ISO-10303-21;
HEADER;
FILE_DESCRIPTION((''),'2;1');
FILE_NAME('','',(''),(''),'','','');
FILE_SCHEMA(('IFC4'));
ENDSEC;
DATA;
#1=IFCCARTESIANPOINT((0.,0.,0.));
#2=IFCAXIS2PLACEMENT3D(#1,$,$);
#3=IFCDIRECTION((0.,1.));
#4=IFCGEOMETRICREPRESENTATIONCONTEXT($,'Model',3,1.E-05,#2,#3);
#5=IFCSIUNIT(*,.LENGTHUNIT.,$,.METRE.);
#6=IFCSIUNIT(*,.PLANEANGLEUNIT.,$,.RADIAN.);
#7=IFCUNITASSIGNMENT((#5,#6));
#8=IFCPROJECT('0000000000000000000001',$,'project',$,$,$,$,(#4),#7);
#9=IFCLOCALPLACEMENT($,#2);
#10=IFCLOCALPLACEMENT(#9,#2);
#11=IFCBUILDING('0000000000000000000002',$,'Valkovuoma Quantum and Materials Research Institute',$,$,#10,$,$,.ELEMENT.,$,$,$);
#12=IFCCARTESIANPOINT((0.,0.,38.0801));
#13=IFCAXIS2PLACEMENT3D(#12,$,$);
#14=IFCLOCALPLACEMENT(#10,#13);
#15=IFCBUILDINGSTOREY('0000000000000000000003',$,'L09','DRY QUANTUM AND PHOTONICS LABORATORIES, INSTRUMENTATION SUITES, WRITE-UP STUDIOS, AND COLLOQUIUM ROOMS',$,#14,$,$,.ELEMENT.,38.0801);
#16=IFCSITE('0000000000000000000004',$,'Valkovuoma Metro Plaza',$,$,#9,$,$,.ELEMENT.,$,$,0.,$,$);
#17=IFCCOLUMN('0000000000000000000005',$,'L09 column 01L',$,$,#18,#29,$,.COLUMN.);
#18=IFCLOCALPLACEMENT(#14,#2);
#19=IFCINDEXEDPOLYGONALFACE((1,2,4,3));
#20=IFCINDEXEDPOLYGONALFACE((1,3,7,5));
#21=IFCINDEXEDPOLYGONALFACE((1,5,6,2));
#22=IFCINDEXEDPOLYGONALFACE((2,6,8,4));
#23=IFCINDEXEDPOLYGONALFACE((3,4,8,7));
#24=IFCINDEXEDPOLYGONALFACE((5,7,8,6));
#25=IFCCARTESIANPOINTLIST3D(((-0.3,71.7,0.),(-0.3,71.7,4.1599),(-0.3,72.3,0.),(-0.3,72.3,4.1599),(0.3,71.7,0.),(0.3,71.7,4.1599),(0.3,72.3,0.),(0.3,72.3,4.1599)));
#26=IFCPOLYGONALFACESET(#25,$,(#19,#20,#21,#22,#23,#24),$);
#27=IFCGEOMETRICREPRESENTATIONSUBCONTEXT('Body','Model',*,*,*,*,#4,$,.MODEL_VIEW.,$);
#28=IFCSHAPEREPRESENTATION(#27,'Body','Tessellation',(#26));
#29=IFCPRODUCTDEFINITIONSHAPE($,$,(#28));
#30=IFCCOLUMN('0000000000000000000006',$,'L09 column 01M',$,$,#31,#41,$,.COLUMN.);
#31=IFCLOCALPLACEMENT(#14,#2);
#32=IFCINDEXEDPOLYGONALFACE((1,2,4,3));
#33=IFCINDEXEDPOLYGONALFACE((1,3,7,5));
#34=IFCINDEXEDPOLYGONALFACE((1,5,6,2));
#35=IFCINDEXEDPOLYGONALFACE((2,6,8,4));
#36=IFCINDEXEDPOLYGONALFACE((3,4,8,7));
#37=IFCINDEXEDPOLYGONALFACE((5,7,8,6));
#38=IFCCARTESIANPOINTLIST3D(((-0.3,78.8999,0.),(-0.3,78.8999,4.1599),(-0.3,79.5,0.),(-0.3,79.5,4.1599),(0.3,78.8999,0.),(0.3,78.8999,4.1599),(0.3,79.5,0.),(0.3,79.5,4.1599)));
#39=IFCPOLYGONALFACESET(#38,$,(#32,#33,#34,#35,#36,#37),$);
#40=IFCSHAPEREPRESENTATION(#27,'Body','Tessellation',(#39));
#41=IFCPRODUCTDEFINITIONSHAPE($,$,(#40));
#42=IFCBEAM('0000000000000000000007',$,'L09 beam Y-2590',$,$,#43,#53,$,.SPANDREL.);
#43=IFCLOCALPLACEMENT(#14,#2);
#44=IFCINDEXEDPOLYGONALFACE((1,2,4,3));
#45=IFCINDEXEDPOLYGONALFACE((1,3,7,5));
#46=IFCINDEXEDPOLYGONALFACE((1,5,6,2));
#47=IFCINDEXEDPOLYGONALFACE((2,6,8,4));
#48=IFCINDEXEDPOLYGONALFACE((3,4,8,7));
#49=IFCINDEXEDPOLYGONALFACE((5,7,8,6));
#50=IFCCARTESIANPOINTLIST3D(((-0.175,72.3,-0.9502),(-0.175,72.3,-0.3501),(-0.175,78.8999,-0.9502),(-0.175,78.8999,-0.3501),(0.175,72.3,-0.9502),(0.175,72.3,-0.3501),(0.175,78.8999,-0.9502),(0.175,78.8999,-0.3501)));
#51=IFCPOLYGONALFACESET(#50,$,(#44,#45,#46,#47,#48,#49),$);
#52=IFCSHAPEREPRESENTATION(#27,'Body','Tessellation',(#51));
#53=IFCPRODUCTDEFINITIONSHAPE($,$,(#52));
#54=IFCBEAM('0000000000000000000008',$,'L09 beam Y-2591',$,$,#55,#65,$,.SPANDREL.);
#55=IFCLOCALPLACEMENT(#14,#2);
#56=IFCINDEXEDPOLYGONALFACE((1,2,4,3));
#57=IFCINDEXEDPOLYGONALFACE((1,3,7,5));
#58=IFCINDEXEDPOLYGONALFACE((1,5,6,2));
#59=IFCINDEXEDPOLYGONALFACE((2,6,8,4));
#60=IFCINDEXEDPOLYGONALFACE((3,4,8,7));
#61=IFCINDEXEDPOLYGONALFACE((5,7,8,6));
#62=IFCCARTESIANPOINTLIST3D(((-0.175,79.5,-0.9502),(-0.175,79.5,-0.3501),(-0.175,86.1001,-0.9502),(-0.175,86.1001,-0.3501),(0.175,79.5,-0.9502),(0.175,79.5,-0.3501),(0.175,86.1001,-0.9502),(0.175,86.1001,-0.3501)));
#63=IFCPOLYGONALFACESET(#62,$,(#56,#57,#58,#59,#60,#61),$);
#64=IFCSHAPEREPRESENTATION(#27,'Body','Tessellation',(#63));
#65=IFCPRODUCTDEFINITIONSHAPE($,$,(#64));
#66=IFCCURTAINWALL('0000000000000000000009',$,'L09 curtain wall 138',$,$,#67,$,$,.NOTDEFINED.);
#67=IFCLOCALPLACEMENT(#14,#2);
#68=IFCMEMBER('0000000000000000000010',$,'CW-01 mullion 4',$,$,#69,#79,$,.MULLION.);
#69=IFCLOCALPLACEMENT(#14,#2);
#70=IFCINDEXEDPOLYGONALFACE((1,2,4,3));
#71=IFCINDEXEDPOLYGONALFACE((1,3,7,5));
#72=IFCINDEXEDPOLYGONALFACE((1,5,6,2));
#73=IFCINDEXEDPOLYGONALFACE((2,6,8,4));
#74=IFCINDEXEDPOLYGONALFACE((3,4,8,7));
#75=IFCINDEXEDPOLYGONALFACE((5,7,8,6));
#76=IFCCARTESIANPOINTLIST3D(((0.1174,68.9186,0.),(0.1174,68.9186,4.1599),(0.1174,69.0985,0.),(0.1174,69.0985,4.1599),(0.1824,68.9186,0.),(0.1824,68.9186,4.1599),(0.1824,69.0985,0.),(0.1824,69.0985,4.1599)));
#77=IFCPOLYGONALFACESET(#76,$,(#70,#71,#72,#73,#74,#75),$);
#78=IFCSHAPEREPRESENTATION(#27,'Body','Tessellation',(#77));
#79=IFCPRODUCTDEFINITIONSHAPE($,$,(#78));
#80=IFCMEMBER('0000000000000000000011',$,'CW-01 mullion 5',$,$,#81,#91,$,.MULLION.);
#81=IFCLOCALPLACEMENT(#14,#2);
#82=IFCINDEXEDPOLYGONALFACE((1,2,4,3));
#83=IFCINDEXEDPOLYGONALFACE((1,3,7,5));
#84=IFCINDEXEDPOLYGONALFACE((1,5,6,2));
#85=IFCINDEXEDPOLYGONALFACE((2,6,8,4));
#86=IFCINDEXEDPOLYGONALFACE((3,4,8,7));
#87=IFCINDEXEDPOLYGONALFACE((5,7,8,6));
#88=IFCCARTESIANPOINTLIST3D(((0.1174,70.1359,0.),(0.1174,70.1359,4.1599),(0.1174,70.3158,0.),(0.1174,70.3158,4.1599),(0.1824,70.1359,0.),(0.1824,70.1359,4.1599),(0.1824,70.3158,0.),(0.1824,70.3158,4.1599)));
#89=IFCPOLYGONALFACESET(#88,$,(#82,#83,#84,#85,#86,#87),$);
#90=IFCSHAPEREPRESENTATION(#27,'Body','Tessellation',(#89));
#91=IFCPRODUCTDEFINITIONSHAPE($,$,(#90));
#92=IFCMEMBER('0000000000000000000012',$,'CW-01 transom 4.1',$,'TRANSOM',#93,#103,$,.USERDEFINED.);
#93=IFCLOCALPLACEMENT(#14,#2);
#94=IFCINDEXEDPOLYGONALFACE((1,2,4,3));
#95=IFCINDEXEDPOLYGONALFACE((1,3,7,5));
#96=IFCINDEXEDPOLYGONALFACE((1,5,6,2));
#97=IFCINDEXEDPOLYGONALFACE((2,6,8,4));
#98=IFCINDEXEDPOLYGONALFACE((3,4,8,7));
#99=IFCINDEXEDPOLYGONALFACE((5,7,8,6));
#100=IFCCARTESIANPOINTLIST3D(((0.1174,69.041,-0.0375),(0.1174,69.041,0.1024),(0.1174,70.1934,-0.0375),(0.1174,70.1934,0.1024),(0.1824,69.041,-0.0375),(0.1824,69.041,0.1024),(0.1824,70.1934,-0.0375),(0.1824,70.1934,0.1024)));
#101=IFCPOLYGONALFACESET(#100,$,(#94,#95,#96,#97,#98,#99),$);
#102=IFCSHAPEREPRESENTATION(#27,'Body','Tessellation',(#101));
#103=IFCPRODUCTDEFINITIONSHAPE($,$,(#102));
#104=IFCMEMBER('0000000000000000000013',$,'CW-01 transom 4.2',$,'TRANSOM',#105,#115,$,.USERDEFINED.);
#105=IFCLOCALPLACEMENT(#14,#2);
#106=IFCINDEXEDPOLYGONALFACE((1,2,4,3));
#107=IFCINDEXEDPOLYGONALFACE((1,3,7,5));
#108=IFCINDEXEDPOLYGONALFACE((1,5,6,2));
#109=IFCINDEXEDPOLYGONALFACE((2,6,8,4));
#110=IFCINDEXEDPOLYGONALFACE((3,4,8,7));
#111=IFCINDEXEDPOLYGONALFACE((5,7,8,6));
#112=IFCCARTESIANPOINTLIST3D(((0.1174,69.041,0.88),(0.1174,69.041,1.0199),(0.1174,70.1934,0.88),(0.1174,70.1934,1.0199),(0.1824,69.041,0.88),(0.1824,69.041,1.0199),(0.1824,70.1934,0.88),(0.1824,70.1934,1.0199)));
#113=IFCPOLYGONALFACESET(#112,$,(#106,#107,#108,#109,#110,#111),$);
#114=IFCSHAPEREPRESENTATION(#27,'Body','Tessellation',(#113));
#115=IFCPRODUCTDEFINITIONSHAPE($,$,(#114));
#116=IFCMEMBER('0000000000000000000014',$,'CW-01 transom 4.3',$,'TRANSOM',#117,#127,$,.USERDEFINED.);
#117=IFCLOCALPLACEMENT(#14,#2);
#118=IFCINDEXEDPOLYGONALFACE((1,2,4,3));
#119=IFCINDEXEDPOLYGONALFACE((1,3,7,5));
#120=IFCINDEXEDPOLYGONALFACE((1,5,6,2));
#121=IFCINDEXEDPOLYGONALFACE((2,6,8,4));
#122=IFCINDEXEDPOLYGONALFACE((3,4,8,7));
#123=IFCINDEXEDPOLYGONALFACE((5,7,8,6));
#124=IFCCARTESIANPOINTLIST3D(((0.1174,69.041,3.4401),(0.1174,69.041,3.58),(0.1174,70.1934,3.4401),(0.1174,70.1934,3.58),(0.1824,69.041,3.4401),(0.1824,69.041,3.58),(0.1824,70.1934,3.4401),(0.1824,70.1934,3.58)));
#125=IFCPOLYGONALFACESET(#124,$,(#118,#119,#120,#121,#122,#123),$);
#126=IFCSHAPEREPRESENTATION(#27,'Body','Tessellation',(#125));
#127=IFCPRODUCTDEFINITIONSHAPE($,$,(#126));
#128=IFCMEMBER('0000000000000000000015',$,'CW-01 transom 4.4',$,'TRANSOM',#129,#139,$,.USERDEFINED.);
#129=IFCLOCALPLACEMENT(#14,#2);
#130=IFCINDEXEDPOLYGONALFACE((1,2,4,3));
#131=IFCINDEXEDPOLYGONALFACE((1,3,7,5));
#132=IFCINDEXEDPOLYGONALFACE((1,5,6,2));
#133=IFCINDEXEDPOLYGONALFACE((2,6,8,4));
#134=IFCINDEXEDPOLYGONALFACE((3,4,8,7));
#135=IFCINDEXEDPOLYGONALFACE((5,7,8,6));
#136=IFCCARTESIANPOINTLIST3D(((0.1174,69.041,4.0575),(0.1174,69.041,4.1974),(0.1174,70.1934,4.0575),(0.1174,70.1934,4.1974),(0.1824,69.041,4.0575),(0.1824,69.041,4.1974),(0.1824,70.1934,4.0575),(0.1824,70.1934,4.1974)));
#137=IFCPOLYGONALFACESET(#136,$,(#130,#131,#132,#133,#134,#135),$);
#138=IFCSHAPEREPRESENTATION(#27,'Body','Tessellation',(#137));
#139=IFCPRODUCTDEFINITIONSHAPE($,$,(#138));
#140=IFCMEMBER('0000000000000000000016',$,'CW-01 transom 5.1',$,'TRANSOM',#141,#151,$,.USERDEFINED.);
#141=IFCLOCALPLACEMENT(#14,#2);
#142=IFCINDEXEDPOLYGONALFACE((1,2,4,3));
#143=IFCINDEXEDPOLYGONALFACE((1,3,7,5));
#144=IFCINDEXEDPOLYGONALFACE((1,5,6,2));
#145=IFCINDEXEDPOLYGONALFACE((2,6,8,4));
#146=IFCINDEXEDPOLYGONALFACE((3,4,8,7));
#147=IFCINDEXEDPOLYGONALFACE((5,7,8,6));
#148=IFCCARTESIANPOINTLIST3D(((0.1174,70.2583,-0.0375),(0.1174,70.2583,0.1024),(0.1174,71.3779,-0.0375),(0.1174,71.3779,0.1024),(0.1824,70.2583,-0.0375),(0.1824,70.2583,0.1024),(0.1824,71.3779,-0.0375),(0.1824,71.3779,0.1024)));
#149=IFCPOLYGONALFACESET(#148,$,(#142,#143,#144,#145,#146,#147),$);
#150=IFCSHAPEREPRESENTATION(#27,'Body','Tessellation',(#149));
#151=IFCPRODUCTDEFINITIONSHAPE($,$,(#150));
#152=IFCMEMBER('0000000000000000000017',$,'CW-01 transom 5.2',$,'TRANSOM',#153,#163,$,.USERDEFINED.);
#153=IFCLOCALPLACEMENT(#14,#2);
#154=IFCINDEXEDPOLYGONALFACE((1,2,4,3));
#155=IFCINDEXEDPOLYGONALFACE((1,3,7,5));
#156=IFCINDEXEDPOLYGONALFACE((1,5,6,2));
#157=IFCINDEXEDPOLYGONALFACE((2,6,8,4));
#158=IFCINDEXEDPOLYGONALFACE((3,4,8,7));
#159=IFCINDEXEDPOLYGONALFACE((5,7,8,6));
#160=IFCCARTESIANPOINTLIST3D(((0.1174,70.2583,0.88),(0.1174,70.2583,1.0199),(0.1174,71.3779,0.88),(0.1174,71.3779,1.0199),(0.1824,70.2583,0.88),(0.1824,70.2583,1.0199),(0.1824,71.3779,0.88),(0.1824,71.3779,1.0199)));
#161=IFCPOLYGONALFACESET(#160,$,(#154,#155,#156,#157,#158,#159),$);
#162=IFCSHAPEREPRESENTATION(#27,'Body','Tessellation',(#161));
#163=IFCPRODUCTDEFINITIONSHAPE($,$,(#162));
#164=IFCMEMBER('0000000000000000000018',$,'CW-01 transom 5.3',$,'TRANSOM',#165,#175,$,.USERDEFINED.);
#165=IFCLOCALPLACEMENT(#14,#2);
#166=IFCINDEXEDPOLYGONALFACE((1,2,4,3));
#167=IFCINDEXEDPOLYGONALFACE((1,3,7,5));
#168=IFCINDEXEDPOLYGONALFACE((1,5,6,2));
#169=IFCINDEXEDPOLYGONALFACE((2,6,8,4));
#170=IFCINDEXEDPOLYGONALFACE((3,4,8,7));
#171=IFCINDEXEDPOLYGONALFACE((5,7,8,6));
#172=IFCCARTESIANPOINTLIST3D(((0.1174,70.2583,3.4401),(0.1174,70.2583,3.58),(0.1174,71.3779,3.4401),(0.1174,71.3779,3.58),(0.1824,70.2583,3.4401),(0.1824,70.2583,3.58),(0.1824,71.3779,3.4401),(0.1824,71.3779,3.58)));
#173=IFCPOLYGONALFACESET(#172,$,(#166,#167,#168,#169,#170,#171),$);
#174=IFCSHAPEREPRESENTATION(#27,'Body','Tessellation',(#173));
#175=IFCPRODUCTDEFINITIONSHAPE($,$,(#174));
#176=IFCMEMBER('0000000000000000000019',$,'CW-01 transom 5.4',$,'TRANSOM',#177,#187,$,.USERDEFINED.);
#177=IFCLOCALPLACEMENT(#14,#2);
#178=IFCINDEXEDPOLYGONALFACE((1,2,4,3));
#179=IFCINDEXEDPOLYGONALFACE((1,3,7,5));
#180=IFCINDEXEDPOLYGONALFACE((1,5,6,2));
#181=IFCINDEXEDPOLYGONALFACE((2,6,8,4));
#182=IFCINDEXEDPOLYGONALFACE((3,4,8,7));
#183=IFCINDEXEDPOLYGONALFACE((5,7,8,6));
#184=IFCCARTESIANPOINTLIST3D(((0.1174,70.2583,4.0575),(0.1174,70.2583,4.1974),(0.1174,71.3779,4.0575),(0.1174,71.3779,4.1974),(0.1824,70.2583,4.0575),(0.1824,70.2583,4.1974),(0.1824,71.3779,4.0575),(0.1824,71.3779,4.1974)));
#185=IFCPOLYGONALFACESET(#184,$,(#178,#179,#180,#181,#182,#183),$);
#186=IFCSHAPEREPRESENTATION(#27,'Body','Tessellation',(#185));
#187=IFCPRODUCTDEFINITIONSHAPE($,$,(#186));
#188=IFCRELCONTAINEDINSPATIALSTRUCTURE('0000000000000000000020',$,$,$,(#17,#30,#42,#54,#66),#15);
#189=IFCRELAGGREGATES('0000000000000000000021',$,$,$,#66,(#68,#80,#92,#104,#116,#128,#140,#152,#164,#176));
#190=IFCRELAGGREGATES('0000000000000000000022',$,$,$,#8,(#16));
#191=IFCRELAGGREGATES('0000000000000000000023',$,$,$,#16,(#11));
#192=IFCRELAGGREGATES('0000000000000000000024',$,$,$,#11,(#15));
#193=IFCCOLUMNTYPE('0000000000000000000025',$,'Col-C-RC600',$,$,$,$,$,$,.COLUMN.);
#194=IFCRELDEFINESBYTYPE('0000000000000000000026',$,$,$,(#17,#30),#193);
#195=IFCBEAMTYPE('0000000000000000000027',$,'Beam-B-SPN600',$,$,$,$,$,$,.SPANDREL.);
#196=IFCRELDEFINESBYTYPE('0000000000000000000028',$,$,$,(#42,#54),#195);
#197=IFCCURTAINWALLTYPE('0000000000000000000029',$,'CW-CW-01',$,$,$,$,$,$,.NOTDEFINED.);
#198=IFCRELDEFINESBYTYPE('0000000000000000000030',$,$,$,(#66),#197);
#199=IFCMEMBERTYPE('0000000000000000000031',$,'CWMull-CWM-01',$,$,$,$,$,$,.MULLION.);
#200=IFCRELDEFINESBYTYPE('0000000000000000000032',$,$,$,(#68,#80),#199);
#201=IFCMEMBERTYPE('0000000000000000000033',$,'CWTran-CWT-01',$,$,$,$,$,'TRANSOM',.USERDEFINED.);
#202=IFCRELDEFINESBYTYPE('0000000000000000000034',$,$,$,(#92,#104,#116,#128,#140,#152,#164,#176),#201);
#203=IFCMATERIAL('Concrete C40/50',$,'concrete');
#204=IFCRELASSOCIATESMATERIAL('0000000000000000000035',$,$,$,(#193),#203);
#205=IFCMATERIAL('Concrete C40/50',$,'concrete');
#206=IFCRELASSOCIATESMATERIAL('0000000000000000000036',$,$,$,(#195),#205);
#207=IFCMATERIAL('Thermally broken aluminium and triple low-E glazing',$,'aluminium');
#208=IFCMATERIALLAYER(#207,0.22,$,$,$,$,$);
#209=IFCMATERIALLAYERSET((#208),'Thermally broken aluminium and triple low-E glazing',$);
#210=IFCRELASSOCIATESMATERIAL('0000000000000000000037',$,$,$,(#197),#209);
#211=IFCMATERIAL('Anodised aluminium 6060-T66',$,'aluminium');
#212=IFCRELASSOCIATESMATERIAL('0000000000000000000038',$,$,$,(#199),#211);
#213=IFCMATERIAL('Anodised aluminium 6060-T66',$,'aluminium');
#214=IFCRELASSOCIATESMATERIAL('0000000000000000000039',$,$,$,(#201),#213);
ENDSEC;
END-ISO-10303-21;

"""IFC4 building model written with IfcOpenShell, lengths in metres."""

from ifc_helpers import new_model, si_unit, direction, frame, origin, origin_2d, place, context, subcontext, project, spatial, rectangle, extrude, material, layer, layer_set, material_profile, profile_set, type_object, element, aggregate, save


model = new_model("IFC4")

# Units and contexts
model_context = context("Model", 3, precision=1e-05, world=origin(), true_north=direction((0.0, 1.0)))
body_context = subcontext(model_context, "Body", "Model", "MODEL_VIEW")
ifc_project = project(units=[si_unit("LENGTHUNIT", "METRE"), si_unit("PLANEANGLEUNIT", "RADIAN")], contexts=[model_context])

# Site, building, storey
site_placement = place(None, origin())
site = spatial("IfcSite", under=ifc_project, at=site_placement, Name="Valkovuoma Metro Plaza", CompositionType="ELEMENT", RefElevation=0.0)
building_placement = place(site_placement, origin())
building = spatial("IfcBuilding", under=site, at=building_placement, Name="Valkovuoma Quantum and Materials Research Institute", CompositionType="ELEMENT")
storey_placement = place(building_placement, frame((0.0, 0.0, 38.0801)))
storey = spatial("IfcBuildingStorey", under=building, at=storey_placement, Name="L09", Description="DRY QUANTUM AND PHOTONICS LABORATORIES, INSTRUMENTATION SUITES, WRITE-UP STUDIOS, AND COLLOQUIUM ROOMS", CompositionType="ELEMENT", Elevation=38.0801)

# Columns
ifc_material_1 = material(Name="Concrete C40/50", Category="concrete")
ifc_material_profile_1 = material_profile(ifc_material_1, rectangle(XDim=0.6001, YDim=0.6001, at=origin_2d()), Name="Concrete C40/50")
ifc_profile_set_1 = profile_set([ifc_material_profile_1], Name="Concrete C40/50")
column_type = type_object("IfcColumnType", Name="Col-C-RC600", PredefinedType="COLUMN", material=ifc_profile_set_1)
for number, where, z_axis, x_axis, name in (
    (1, (0.0, 72.0, 0.0), (0.0, 0.0, 1.0), (1.0, 0.0, 0.0), "L09 column 01L"),
    (2, (0.0, 79.2, 0.0), (0.0, 0.0, 1.0), (1.0, 0.0, 0.0), "L09 column 01M"),
):
    element("IfcColumn", number, at=place(storey_placement, frame(where, z_axis=z_axis, x_axis=x_axis)), inside=storey, type_object=column_type, Name=name, PredefinedType="COLUMN", context=body_context, shape_type="SweptSolid", body=[
        extrude(rectangle(XDim=0.6001, YDim=0.6001, at=origin_2d()), origin(), (0.0, 0.0, 1.0), 4.1599),
    ])

# Beams
ifc_material_2 = material(Name="Concrete C40/50", Category="concrete")
ifc_material_profile_2 = material_profile(ifc_material_2, rectangle(XDim=0.3501, YDim=0.6001, at=origin_2d()), Name="Concrete C40/50")
ifc_profile_set_2 = profile_set([ifc_material_profile_2], Name="Concrete C40/50")
beam_type = type_object("IfcBeamType", Name="Beam-B-SPN600", PredefinedType="SPANDREL", material=ifc_profile_set_2)
beam_1_placement = place(storey_placement, frame((0.0, 72.3, -0.6501), z_axis=(0.0, 1.0, 0.0), x_axis=(-1.0, 0.0, 0.0)))
element("IfcBeam", 3, at=beam_1_placement, inside=storey, type_object=beam_type, Name="L09 beam Y-2590", PredefinedType="SPANDREL", context=body_context, shape_type="SweptSolid", body=[
    extrude(rectangle(XDim=0.3501, YDim=0.6001, at=origin_2d()), origin(), (0.0, 0.0, 1.0), 6.5999),
])
beam_2_placement = place(storey_placement, frame((0.0, 79.5, -0.6501), z_axis=(0.0, 1.0, 0.0), x_axis=(-1.0, 0.0, 0.0)))
element("IfcBeam", 4, at=beam_2_placement, inside=storey, type_object=beam_type, Name="L09 beam Y-2591", PredefinedType="SPANDREL", context=body_context, shape_type="SweptSolid", body=[
    extrude(rectangle(XDim=0.3501, YDim=0.6001, at=origin_2d()), origin(), (0.0, 0.0, 1.0), 6.6001),
])

# Curtain wall, members
ifc_material_3 = material(Name="Thermally broken aluminium and triple low-E glazing", Category="aluminium")
ifc_layer_1 = layer(ifc_material_3, 0.22)
ifc_layer_set_1 = layer_set([ifc_layer_1], Name="Thermally broken aluminium and triple low-E glazing")
curtain_wall_type = type_object("IfcCurtainWallType", Name="CW-CW-01", PredefinedType="NOTDEFINED", material=ifc_layer_set_1)
curtain_wall_placement = place(storey_placement, origin())
curtain_wall = element("IfcCurtainWall", 5, at=curtain_wall_placement, inside=storey, type_object=curtain_wall_type, Name="L09 curtain wall 138", PredefinedType="NOTDEFINED")
ifc_material_4 = material(Name="Anodised aluminium 6060-T66", Category="aluminium")
ifc_material_profile_3 = material_profile(ifc_material_4, rectangle(XDim=0.0649, YDim=0.1799, at=origin_2d()), Name="Anodised aluminium 6060-T66")
ifc_profile_set_3 = profile_set([ifc_material_profile_3], Name="Anodised aluminium 6060-T66")
member_type_1 = type_object("IfcMemberType", Name="CWMull-CWM-01", PredefinedType="MULLION", material=ifc_profile_set_3)
member_1_placement = place(storey_placement, frame((0.1499, 69.0085, 0.0), z_axis=(0.0, 0.0, 1.0), x_axis=(-1.0, 0.0, 0.0)))
member_1 = element("IfcMember", 6, at=member_1_placement, type_object=member_type_1, Name="CW-01 mullion 4", PredefinedType="MULLION", context=body_context, shape_type="SweptSolid", body=[
    extrude(rectangle(XDim=0.0649, YDim=0.1799, at=origin_2d()), origin(), (0.0, 0.0, 1.0), 4.1599),
])
member_2_placement = place(storey_placement, frame((0.1499, 70.2258, 0.0), z_axis=(0.0, 0.0, 1.0), x_axis=(-1.0, 0.0, 0.0)))
member_2 = element("IfcMember", 7, at=member_2_placement, type_object=member_type_1, Name="CW-01 mullion 5", PredefinedType="MULLION", context=body_context, shape_type="SweptSolid", body=[
    extrude(rectangle(XDim=0.0649, YDim=0.1799, at=origin_2d()), origin(), (0.0, 0.0, 1.0), 4.1599),
])
ifc_material_5 = material(Name="Anodised aluminium 6060-T66", Category="aluminium")
ifc_material_profile_4 = material_profile(ifc_material_5, rectangle(XDim=0.0649, YDim=0.1399, at=origin_2d()), Name="Anodised aluminium 6060-T66")
ifc_profile_set_4 = profile_set([ifc_material_profile_4], Name="Anodised aluminium 6060-T66")
member_type_2 = type_object("IfcMemberType", Name="CWTran-CWT-01", ElementType="TRANSOM", PredefinedType="USERDEFINED", material=ifc_profile_set_4)
member_3_placement = place(storey_placement, frame((0.1499, 69.041, 0.0325), z_axis=(0.0, 1.0, 0.0), x_axis=(-1.0, 0.0, 0.0)))
member_3 = element("IfcMember", 8, at=member_3_placement, type_object=member_type_2, Name="CW-01 transom 4.1", ObjectType="TRANSOM", PredefinedType="USERDEFINED", context=body_context, shape_type="SweptSolid", body=[
    extrude(rectangle(XDim=0.0649, YDim=0.1399, at=origin_2d()), origin(), (0.0, 0.0, 1.0), 1.1523),
])
member_4_placement = place(storey_placement, frame((0.1499, 69.041, 0.95), z_axis=(0.0, 1.0, 0.0), x_axis=(-1.0, 0.0, 0.0)))
member_4 = element("IfcMember", 9, at=member_4_placement, type_object=member_type_2, Name="CW-01 transom 4.2", ObjectType="TRANSOM", PredefinedType="USERDEFINED", context=body_context, shape_type="SweptSolid", body=[
    extrude(rectangle(XDim=0.0649, YDim=0.1399, at=origin_2d()), origin(), (0.0, 0.0, 1.0), 1.1523),
])
member_5_placement = place(storey_placement, frame((0.1499, 69.041, 3.51), z_axis=(0.0, 1.0, 0.0), x_axis=(-1.0, 0.0, 0.0)))
member_5 = element("IfcMember", 10, at=member_5_placement, type_object=member_type_2, Name="CW-01 transom 4.3", ObjectType="TRANSOM", PredefinedType="USERDEFINED", context=body_context, shape_type="SweptSolid", body=[
    extrude(rectangle(XDim=0.0649, YDim=0.1399, at=origin_2d()), origin(), (0.0, 0.0, 1.0), 1.1523),
])
member_6_placement = place(storey_placement, frame((0.1499, 69.041, 4.1274), z_axis=(0.0, 1.0, 0.0), x_axis=(-1.0, 0.0, 0.0)))
member_6 = element("IfcMember", 11, at=member_6_placement, type_object=member_type_2, Name="CW-01 transom 4.4", ObjectType="TRANSOM", PredefinedType="USERDEFINED", context=body_context, shape_type="SweptSolid", body=[
    extrude(rectangle(XDim=0.0649, YDim=0.1399, at=origin_2d()), origin(), (0.0, 0.0, 1.0), 1.1523),
])
member_7_placement = place(storey_placement, frame((0.1499, 70.2583, 0.0325), z_axis=(0.0, 1.0, 0.0), x_axis=(-1.0, 0.0, 0.0)))
member_7 = element("IfcMember", 12, at=member_7_placement, type_object=member_type_2, Name="CW-01 transom 5.1", ObjectType="TRANSOM", PredefinedType="USERDEFINED", context=body_context, shape_type="SweptSolid", body=[
    extrude(rectangle(XDim=0.0649, YDim=0.1399, at=origin_2d()), origin(), (0.0, 0.0, 1.0), 1.1196),
])
member_8_placement = place(storey_placement, frame((0.1499, 70.2583, 0.95), z_axis=(0.0, 1.0, 0.0), x_axis=(-1.0, 0.0, 0.0)))
member_8 = element("IfcMember", 13, at=member_8_placement, type_object=member_type_2, Name="CW-01 transom 5.2", ObjectType="TRANSOM", PredefinedType="USERDEFINED", context=body_context, shape_type="SweptSolid", body=[
    extrude(rectangle(XDim=0.0649, YDim=0.1399, at=origin_2d()), origin(), (0.0, 0.0, 1.0), 1.1196),
])
member_9_placement = place(storey_placement, frame((0.1499, 70.2583, 3.51), z_axis=(0.0, 1.0, 0.0), x_axis=(-1.0, 0.0, 0.0)))
member_9 = element("IfcMember", 14, at=member_9_placement, type_object=member_type_2, Name="CW-01 transom 5.3", ObjectType="TRANSOM", PredefinedType="USERDEFINED", context=body_context, shape_type="SweptSolid", body=[
    extrude(rectangle(XDim=0.0649, YDim=0.1399, at=origin_2d()), origin(), (0.0, 0.0, 1.0), 1.1196),
])
member_10_placement = place(storey_placement, frame((0.1499, 70.2583, 4.1274), z_axis=(0.0, 1.0, 0.0), x_axis=(-1.0, 0.0, 0.0)))
member_10 = element("IfcMember", 15, at=member_10_placement, type_object=member_type_2, Name="CW-01 transom 5.4", ObjectType="TRANSOM", PredefinedType="USERDEFINED", context=body_context, shape_type="SweptSolid", body=[
    extrude(rectangle(XDim=0.0649, YDim=0.1399, at=origin_2d()), origin(), (0.0, 0.0, 1.0), 1.1196),
])
aggregate(curtain_wall, [member_1, member_2, member_3, member_4, member_5, member_6, member_7, member_8, member_9, member_10])

save(model, "model.ifc")
